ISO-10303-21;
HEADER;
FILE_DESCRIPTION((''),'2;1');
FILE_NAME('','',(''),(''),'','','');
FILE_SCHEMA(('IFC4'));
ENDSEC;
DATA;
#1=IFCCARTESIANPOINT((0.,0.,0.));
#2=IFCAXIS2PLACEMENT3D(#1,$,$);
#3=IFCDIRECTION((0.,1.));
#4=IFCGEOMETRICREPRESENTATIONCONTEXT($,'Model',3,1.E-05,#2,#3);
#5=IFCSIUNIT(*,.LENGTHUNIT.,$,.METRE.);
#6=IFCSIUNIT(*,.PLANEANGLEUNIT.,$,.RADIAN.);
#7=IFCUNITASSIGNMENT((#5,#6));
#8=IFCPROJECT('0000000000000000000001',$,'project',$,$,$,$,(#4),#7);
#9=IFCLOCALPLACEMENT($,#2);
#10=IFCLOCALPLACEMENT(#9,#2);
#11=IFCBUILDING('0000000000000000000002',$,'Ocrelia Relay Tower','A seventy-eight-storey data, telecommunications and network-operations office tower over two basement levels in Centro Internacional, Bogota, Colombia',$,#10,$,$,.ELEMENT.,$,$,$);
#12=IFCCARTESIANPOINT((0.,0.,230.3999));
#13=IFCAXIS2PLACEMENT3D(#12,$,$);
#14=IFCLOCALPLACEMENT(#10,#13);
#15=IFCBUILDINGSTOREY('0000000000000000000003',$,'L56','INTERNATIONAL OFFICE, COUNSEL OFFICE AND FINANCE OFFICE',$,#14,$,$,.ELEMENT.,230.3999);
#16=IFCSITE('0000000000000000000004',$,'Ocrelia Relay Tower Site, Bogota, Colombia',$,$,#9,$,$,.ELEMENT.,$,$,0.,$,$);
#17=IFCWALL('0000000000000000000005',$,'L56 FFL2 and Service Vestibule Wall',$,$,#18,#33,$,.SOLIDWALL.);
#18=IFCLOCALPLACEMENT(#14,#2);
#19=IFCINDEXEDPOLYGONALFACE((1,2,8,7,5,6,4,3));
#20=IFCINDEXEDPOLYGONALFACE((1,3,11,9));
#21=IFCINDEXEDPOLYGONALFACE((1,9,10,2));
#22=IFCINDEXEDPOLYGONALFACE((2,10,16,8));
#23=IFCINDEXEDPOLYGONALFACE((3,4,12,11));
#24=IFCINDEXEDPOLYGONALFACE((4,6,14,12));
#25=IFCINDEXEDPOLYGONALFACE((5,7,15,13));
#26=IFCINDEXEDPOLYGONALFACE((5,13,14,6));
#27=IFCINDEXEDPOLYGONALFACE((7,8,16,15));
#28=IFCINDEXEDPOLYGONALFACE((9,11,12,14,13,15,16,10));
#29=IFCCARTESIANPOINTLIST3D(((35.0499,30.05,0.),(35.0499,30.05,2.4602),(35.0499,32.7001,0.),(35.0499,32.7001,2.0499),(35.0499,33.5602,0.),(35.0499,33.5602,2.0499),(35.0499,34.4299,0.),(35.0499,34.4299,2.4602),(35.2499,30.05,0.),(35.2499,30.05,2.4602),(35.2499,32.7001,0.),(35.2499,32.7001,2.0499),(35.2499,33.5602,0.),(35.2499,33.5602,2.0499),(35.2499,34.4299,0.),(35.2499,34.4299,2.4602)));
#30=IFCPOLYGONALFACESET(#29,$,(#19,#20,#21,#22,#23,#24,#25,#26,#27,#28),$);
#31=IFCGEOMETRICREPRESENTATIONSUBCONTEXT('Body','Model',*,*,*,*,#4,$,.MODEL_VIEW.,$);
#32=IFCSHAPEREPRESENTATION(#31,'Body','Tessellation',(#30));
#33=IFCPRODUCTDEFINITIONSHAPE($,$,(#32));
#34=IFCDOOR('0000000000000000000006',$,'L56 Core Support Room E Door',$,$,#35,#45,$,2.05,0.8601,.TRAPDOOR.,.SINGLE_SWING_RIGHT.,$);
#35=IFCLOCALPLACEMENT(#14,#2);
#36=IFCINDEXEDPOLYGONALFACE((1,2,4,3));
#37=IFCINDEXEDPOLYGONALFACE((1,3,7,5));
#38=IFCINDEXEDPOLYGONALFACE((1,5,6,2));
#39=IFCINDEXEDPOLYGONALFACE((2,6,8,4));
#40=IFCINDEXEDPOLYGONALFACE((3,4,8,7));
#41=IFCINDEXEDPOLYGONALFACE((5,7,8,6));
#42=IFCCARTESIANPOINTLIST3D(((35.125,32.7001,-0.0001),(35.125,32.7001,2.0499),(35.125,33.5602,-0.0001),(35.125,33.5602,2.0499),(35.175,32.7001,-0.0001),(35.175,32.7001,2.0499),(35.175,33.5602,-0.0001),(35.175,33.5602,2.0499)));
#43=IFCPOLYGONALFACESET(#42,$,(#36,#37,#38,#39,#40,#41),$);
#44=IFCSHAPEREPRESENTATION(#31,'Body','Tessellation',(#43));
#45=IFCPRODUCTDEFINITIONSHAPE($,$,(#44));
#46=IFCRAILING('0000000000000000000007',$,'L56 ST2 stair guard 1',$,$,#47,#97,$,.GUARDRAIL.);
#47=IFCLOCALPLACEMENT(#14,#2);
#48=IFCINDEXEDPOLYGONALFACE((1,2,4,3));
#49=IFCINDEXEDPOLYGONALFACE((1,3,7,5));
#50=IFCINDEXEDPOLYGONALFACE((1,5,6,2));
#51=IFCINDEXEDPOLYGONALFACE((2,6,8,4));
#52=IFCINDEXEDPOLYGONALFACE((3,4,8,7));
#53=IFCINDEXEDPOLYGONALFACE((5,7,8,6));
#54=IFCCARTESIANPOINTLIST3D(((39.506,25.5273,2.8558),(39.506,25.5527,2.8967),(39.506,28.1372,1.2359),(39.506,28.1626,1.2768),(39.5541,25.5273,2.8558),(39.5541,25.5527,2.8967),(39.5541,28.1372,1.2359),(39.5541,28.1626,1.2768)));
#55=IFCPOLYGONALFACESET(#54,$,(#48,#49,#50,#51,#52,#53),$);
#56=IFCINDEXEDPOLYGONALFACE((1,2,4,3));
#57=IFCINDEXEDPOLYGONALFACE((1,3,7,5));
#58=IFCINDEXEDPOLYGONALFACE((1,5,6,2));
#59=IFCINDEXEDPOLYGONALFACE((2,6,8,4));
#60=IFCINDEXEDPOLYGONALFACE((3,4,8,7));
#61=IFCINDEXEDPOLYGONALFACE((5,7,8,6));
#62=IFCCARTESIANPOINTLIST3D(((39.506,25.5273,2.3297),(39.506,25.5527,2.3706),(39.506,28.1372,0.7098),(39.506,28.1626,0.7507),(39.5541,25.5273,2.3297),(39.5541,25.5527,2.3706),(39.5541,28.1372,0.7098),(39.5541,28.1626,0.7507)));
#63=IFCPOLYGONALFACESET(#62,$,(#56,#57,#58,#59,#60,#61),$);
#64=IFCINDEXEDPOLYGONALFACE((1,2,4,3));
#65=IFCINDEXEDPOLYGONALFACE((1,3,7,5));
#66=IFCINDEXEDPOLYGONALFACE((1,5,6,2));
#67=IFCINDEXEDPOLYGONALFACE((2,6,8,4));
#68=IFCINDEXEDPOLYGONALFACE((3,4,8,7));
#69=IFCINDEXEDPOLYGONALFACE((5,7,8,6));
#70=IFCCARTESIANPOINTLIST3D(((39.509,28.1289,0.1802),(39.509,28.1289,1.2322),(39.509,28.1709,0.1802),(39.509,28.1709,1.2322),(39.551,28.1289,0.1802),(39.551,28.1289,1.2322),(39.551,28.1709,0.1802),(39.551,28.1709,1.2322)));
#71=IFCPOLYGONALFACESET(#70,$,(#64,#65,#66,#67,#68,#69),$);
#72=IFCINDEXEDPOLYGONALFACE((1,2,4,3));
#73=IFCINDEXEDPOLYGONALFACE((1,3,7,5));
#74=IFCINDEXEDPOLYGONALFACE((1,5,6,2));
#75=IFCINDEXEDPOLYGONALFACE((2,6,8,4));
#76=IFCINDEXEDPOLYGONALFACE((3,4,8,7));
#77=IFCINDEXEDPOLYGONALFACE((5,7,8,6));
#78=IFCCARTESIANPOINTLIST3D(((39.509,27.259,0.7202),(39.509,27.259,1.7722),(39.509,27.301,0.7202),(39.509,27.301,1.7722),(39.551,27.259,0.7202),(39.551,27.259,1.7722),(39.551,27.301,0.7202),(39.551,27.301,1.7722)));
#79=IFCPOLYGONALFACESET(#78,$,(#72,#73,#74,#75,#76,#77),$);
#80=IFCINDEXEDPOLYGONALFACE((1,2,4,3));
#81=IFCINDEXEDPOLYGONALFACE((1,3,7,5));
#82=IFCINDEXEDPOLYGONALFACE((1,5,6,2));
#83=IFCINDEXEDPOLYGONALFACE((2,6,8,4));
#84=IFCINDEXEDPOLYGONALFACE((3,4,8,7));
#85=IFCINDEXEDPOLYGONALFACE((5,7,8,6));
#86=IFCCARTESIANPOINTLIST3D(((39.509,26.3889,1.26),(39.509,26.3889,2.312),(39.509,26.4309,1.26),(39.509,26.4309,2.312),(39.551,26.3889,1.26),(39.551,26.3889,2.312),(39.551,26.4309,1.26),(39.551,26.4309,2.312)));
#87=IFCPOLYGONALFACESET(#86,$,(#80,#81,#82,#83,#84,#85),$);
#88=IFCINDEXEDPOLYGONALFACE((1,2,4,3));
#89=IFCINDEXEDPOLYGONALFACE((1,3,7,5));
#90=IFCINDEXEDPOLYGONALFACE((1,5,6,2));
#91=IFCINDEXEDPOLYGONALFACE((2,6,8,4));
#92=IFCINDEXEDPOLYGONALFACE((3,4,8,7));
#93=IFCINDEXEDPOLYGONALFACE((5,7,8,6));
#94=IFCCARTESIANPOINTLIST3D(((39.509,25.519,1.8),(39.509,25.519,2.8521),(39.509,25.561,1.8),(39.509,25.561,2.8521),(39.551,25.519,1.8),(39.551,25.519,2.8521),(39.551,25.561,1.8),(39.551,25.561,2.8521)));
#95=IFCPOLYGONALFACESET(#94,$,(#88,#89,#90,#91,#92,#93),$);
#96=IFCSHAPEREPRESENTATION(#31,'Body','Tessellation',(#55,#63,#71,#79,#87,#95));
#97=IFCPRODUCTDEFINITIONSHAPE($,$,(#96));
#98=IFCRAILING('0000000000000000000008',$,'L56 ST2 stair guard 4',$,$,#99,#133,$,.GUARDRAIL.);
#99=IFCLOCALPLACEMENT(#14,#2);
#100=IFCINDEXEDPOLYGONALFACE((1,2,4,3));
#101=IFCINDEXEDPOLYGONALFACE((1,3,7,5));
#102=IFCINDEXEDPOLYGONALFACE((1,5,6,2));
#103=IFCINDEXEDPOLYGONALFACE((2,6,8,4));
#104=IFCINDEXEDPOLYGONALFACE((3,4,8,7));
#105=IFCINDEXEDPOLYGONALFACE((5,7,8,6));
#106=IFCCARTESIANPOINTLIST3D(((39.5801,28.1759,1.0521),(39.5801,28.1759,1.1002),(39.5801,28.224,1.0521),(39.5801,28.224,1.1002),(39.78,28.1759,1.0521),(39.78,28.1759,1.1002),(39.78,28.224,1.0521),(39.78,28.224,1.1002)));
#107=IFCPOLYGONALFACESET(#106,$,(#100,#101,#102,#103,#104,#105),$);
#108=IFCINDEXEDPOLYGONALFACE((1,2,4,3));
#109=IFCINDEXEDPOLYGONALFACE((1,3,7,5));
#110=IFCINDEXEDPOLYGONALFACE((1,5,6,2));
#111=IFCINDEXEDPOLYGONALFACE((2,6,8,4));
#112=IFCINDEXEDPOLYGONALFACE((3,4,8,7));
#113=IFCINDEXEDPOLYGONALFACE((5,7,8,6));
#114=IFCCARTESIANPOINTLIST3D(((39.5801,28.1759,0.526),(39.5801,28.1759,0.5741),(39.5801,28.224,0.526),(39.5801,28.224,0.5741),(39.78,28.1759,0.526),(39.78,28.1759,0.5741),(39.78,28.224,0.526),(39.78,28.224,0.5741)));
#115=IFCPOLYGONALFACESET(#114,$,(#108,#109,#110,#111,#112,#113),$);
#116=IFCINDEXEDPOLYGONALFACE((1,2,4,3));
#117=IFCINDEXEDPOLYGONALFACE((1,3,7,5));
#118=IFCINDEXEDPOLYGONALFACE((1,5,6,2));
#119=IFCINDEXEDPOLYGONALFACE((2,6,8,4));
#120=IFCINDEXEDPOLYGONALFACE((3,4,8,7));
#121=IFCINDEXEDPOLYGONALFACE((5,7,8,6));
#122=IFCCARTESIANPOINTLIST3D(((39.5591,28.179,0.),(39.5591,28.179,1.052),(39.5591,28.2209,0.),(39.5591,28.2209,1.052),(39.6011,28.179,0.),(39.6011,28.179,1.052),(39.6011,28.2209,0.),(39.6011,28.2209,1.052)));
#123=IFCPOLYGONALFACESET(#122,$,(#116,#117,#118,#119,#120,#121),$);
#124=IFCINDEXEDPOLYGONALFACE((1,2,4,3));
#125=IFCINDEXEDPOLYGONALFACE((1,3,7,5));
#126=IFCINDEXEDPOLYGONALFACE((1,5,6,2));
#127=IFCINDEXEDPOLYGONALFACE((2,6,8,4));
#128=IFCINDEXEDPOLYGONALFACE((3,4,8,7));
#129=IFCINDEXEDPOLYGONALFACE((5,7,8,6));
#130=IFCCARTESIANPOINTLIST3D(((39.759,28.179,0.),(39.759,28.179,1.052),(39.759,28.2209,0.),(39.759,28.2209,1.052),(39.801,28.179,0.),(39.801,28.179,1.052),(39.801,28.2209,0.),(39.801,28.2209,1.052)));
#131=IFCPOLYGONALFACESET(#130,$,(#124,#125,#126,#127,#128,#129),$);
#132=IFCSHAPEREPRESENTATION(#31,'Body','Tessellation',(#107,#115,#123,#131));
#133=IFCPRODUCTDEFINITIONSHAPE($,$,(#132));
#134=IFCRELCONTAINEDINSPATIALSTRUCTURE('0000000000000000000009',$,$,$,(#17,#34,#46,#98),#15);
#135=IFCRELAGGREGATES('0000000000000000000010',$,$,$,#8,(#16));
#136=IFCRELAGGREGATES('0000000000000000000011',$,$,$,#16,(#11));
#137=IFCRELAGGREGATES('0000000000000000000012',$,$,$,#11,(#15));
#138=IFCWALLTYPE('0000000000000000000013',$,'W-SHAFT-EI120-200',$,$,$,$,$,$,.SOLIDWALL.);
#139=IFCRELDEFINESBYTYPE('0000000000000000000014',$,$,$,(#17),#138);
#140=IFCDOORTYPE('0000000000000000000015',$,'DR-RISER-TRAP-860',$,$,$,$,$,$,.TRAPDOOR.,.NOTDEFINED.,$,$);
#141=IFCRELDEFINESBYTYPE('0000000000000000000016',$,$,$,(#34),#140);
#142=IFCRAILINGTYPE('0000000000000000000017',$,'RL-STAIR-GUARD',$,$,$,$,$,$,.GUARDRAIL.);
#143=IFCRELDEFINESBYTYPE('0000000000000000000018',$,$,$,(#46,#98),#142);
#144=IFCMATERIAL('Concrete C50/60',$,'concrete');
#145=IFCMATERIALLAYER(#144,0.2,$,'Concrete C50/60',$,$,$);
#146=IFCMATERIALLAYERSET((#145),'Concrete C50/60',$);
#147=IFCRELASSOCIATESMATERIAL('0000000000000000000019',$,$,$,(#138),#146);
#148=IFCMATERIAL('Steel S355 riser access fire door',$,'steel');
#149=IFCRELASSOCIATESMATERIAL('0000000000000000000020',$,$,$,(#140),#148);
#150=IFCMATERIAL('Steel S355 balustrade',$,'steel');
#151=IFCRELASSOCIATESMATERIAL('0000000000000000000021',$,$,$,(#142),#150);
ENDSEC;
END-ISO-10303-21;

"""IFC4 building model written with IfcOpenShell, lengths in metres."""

from ifc_helpers import new_model, si_unit, direction, frame, frame_2d, origin, origin_2d, place, context, subcontext, project, spatial, rectangle, extrude, material, layer, layer_set, type_object, element, fill, save


model = new_model("IFC4")

# Units and contexts
model_context = context("Model", 3, precision=1e-05, world=origin(), true_north=direction((0.0, 1.0)))
body_context = subcontext(model_context, "Body", "Model", "MODEL_VIEW")
ifc_project = project(units=[si_unit("LENGTHUNIT", "METRE"), si_unit("PLANEANGLEUNIT", "RADIAN")], contexts=[model_context])

# Site, building, storey
site_placement = place(None, origin())
site = spatial("IfcSite", under=ifc_project, at=site_placement, Name="Ocrelia Relay Tower Site, Bogota, Colombia", CompositionType="ELEMENT", RefElevation=0.0)
building_placement = place(site_placement, origin())
building = spatial("IfcBuilding", under=site, at=building_placement, Name="Ocrelia Relay Tower", Description="A seventy-eight-storey data, telecommunications and network-operations office tower over two basement levels in Centro Internacional, Bogota, Colombia", CompositionType="ELEMENT")
storey_placement = place(building_placement, frame((0.0, 0.0, 230.3999)))
storey = spatial("IfcBuildingStorey", under=building, at=storey_placement, Name="L56", Description="INTERNATIONAL OFFICE, COUNSEL OFFICE AND FINANCE OFFICE", CompositionType="ELEMENT", Elevation=230.3999)

# Shared definitions
ifc_material_1 = material(Name="Concrete C50/60", Category="concrete")

# Shared definitions
ifc_layer_1 = layer(ifc_material_1, 0.2, Name="Concrete C50/60")
ifc_layer_set_1 = layer_set([ifc_layer_1], Name="Concrete C50/60")
wall_type_1 = type_object("IfcWallType", Name="W-SHAFT-EI120-200", PredefinedType="SOLIDWALL", material=ifc_layer_set_1)
ifc_material_2 = material(Name="Steel S355 riser access fire door", Category="steel")
door_type_1 = type_object("IfcDoorType", Name="DR-RISER-TRAP-860", OperationType="NOTDEFINED", PredefinedType="TRAPDOOR", material=ifc_material_2)

# Wall, opening, door
wall_1_placement = place(storey_placement, frame((35.1499, 30.05, 0.0), z_axis=(0.0, 0.0, 1.0), x_axis=(0.0, 1.0, 0.0)))
wall_1 = element("IfcWall", 1, at=wall_1_placement, inside=storey, type_object=wall_type_1, Name="L56 FFL2 and Service Vestibule Wall", PredefinedType="SOLIDWALL", context=body_context, shape_type="SweptSolid", body=[
    extrude(rectangle(XDim=4.3799, YDim=0.2, at=frame_2d((2.1899, 0.0))), origin(), (0.0, 0.0, 1.0), 2.4602),
])
opening_1_placement = place(wall_1_placement, frame((2.6499, 0.0, 0.0)))
opening_1 = element("IfcOpeningElement", 2, at=opening_1_placement, cuts=wall_1, PredefinedType="OPENING", context=body_context, shape_type="SweptSolid", body=[
    extrude(rectangle(XDim=0.8601, YDim=2.05, at=frame_2d((0.4302, 1.0249))), frame((0.0, 0.1099, 0.0), z_axis=(0.0, -1.0, 0.0), x_axis=(1.0, 0.0, 0.0)), (0.0, 0.0, 1.0), 0.22),
])
door_1_placement = place(opening_1_placement, origin())
door_1 = element("IfcDoor", 3, at=door_1_placement, inside=storey, type_object=door_type_1, Name="L56 Core Support Room E Door", OperationType="SINGLE_SWING_RIGHT", OverallHeight=2.05, OverallWidth=0.8601, PredefinedType="TRAPDOOR", context=body_context, shape_type="SweptSolid", body=[
    extrude(rectangle(XDim=0.8601, YDim=2.05, at=frame_2d((0.4302, 1.0249))), frame((0.0, 0.0249, 0.0), z_axis=(0.0, -1.0, 0.0), x_axis=(1.0, 0.0, 0.0)), (0.0, 0.0, 1.0), 0.05),
])
fill(opening_1, door_1)

# Railings
ifc_material_3 = material(Name="Steel S355 balustrade", Category="steel")
railing_type = type_object("IfcRailingType", Name="RL-STAIR-GUARD", PredefinedType="GUARDRAIL", material=ifc_material_3)
railing_1_placement = place(storey_placement, frame((39.53, 28.1499, 0.1802)))
element("IfcRailing", 4, at=railing_1_placement, inside=storey, type_object=railing_type, Name="L56 ST2 stair guard 1", PredefinedType="GUARDRAIL", context=body_context, shape_type="SweptSolid", body=[
    extrude(rectangle(XDim=0.0481, YDim=0.0481, at=origin_2d()), frame((0.0, 0.0, 1.0762), z_axis=(0.0, -0.849646, 0.527353), x_axis=(1.0, 0.0, 0.0)), (0.0, 0.0, 1.0), 3.0718),
    extrude(rectangle(XDim=0.0481, YDim=0.0481, at=origin_2d()), frame((0.0, 0.0, 0.55), z_axis=(0.0, -0.849646, 0.527353), x_axis=(1.0, 0.0, 0.0)), (0.0, 0.0, 1.0), 3.0718),
    extrude(rectangle(XDim=0.042, YDim=0.042, at=origin_2d()), origin(), (0.0, 0.0, 1.0), 1.052),
    extrude(rectangle(XDim=0.042, YDim=0.042, at=origin_2d()), frame((0.0, -0.8699, 0.54)), (0.0, 0.0, 1.0), 1.052),
    extrude(rectangle(XDim=0.042, YDim=0.042, at=origin_2d()), frame((0.0, -1.74, 1.0798)), (0.0, 0.0, 1.0), 1.052),
    extrude(rectangle(XDim=0.042, YDim=0.042, at=origin_2d()), frame((0.0, -2.6099, 1.6199)), (0.0, 0.0, 1.0), 1.052),
])
railing_2_placement = place(storey_placement, frame((39.5801, 28.2, 0.0)))
element("IfcRailing", 5, at=railing_2_placement, inside=storey, type_object=railing_type, Name="L56 ST2 stair guard 4", PredefinedType="GUARDRAIL", context=body_context, shape_type="SweptSolid", body=[
    extrude(rectangle(XDim=0.0481, YDim=0.0481, at=origin_2d()), frame((0.0, 0.0, 1.0762), z_axis=(1.0, 0.0, 0.0), x_axis=(0.0, 1.0, 0.0)), (0.0, 0.0, 1.0), 0.2),
    extrude(rectangle(XDim=0.0481, YDim=0.0481, at=origin_2d()), frame((0.0, 0.0, 0.55), z_axis=(1.0, 0.0, 0.0), x_axis=(0.0, 1.0, 0.0)), (0.0, 0.0, 1.0), 0.2),
    extrude(rectangle(XDim=0.042, YDim=0.042, at=origin_2d()), origin(), (0.0, 0.0, 1.0), 1.052),
    extrude(rectangle(XDim=0.042, YDim=0.042, at=origin_2d()), frame((0.2, 0.0, 0.0)), (0.0, 0.0, 1.0), 1.052),
])

save(model, "model.ifc")
